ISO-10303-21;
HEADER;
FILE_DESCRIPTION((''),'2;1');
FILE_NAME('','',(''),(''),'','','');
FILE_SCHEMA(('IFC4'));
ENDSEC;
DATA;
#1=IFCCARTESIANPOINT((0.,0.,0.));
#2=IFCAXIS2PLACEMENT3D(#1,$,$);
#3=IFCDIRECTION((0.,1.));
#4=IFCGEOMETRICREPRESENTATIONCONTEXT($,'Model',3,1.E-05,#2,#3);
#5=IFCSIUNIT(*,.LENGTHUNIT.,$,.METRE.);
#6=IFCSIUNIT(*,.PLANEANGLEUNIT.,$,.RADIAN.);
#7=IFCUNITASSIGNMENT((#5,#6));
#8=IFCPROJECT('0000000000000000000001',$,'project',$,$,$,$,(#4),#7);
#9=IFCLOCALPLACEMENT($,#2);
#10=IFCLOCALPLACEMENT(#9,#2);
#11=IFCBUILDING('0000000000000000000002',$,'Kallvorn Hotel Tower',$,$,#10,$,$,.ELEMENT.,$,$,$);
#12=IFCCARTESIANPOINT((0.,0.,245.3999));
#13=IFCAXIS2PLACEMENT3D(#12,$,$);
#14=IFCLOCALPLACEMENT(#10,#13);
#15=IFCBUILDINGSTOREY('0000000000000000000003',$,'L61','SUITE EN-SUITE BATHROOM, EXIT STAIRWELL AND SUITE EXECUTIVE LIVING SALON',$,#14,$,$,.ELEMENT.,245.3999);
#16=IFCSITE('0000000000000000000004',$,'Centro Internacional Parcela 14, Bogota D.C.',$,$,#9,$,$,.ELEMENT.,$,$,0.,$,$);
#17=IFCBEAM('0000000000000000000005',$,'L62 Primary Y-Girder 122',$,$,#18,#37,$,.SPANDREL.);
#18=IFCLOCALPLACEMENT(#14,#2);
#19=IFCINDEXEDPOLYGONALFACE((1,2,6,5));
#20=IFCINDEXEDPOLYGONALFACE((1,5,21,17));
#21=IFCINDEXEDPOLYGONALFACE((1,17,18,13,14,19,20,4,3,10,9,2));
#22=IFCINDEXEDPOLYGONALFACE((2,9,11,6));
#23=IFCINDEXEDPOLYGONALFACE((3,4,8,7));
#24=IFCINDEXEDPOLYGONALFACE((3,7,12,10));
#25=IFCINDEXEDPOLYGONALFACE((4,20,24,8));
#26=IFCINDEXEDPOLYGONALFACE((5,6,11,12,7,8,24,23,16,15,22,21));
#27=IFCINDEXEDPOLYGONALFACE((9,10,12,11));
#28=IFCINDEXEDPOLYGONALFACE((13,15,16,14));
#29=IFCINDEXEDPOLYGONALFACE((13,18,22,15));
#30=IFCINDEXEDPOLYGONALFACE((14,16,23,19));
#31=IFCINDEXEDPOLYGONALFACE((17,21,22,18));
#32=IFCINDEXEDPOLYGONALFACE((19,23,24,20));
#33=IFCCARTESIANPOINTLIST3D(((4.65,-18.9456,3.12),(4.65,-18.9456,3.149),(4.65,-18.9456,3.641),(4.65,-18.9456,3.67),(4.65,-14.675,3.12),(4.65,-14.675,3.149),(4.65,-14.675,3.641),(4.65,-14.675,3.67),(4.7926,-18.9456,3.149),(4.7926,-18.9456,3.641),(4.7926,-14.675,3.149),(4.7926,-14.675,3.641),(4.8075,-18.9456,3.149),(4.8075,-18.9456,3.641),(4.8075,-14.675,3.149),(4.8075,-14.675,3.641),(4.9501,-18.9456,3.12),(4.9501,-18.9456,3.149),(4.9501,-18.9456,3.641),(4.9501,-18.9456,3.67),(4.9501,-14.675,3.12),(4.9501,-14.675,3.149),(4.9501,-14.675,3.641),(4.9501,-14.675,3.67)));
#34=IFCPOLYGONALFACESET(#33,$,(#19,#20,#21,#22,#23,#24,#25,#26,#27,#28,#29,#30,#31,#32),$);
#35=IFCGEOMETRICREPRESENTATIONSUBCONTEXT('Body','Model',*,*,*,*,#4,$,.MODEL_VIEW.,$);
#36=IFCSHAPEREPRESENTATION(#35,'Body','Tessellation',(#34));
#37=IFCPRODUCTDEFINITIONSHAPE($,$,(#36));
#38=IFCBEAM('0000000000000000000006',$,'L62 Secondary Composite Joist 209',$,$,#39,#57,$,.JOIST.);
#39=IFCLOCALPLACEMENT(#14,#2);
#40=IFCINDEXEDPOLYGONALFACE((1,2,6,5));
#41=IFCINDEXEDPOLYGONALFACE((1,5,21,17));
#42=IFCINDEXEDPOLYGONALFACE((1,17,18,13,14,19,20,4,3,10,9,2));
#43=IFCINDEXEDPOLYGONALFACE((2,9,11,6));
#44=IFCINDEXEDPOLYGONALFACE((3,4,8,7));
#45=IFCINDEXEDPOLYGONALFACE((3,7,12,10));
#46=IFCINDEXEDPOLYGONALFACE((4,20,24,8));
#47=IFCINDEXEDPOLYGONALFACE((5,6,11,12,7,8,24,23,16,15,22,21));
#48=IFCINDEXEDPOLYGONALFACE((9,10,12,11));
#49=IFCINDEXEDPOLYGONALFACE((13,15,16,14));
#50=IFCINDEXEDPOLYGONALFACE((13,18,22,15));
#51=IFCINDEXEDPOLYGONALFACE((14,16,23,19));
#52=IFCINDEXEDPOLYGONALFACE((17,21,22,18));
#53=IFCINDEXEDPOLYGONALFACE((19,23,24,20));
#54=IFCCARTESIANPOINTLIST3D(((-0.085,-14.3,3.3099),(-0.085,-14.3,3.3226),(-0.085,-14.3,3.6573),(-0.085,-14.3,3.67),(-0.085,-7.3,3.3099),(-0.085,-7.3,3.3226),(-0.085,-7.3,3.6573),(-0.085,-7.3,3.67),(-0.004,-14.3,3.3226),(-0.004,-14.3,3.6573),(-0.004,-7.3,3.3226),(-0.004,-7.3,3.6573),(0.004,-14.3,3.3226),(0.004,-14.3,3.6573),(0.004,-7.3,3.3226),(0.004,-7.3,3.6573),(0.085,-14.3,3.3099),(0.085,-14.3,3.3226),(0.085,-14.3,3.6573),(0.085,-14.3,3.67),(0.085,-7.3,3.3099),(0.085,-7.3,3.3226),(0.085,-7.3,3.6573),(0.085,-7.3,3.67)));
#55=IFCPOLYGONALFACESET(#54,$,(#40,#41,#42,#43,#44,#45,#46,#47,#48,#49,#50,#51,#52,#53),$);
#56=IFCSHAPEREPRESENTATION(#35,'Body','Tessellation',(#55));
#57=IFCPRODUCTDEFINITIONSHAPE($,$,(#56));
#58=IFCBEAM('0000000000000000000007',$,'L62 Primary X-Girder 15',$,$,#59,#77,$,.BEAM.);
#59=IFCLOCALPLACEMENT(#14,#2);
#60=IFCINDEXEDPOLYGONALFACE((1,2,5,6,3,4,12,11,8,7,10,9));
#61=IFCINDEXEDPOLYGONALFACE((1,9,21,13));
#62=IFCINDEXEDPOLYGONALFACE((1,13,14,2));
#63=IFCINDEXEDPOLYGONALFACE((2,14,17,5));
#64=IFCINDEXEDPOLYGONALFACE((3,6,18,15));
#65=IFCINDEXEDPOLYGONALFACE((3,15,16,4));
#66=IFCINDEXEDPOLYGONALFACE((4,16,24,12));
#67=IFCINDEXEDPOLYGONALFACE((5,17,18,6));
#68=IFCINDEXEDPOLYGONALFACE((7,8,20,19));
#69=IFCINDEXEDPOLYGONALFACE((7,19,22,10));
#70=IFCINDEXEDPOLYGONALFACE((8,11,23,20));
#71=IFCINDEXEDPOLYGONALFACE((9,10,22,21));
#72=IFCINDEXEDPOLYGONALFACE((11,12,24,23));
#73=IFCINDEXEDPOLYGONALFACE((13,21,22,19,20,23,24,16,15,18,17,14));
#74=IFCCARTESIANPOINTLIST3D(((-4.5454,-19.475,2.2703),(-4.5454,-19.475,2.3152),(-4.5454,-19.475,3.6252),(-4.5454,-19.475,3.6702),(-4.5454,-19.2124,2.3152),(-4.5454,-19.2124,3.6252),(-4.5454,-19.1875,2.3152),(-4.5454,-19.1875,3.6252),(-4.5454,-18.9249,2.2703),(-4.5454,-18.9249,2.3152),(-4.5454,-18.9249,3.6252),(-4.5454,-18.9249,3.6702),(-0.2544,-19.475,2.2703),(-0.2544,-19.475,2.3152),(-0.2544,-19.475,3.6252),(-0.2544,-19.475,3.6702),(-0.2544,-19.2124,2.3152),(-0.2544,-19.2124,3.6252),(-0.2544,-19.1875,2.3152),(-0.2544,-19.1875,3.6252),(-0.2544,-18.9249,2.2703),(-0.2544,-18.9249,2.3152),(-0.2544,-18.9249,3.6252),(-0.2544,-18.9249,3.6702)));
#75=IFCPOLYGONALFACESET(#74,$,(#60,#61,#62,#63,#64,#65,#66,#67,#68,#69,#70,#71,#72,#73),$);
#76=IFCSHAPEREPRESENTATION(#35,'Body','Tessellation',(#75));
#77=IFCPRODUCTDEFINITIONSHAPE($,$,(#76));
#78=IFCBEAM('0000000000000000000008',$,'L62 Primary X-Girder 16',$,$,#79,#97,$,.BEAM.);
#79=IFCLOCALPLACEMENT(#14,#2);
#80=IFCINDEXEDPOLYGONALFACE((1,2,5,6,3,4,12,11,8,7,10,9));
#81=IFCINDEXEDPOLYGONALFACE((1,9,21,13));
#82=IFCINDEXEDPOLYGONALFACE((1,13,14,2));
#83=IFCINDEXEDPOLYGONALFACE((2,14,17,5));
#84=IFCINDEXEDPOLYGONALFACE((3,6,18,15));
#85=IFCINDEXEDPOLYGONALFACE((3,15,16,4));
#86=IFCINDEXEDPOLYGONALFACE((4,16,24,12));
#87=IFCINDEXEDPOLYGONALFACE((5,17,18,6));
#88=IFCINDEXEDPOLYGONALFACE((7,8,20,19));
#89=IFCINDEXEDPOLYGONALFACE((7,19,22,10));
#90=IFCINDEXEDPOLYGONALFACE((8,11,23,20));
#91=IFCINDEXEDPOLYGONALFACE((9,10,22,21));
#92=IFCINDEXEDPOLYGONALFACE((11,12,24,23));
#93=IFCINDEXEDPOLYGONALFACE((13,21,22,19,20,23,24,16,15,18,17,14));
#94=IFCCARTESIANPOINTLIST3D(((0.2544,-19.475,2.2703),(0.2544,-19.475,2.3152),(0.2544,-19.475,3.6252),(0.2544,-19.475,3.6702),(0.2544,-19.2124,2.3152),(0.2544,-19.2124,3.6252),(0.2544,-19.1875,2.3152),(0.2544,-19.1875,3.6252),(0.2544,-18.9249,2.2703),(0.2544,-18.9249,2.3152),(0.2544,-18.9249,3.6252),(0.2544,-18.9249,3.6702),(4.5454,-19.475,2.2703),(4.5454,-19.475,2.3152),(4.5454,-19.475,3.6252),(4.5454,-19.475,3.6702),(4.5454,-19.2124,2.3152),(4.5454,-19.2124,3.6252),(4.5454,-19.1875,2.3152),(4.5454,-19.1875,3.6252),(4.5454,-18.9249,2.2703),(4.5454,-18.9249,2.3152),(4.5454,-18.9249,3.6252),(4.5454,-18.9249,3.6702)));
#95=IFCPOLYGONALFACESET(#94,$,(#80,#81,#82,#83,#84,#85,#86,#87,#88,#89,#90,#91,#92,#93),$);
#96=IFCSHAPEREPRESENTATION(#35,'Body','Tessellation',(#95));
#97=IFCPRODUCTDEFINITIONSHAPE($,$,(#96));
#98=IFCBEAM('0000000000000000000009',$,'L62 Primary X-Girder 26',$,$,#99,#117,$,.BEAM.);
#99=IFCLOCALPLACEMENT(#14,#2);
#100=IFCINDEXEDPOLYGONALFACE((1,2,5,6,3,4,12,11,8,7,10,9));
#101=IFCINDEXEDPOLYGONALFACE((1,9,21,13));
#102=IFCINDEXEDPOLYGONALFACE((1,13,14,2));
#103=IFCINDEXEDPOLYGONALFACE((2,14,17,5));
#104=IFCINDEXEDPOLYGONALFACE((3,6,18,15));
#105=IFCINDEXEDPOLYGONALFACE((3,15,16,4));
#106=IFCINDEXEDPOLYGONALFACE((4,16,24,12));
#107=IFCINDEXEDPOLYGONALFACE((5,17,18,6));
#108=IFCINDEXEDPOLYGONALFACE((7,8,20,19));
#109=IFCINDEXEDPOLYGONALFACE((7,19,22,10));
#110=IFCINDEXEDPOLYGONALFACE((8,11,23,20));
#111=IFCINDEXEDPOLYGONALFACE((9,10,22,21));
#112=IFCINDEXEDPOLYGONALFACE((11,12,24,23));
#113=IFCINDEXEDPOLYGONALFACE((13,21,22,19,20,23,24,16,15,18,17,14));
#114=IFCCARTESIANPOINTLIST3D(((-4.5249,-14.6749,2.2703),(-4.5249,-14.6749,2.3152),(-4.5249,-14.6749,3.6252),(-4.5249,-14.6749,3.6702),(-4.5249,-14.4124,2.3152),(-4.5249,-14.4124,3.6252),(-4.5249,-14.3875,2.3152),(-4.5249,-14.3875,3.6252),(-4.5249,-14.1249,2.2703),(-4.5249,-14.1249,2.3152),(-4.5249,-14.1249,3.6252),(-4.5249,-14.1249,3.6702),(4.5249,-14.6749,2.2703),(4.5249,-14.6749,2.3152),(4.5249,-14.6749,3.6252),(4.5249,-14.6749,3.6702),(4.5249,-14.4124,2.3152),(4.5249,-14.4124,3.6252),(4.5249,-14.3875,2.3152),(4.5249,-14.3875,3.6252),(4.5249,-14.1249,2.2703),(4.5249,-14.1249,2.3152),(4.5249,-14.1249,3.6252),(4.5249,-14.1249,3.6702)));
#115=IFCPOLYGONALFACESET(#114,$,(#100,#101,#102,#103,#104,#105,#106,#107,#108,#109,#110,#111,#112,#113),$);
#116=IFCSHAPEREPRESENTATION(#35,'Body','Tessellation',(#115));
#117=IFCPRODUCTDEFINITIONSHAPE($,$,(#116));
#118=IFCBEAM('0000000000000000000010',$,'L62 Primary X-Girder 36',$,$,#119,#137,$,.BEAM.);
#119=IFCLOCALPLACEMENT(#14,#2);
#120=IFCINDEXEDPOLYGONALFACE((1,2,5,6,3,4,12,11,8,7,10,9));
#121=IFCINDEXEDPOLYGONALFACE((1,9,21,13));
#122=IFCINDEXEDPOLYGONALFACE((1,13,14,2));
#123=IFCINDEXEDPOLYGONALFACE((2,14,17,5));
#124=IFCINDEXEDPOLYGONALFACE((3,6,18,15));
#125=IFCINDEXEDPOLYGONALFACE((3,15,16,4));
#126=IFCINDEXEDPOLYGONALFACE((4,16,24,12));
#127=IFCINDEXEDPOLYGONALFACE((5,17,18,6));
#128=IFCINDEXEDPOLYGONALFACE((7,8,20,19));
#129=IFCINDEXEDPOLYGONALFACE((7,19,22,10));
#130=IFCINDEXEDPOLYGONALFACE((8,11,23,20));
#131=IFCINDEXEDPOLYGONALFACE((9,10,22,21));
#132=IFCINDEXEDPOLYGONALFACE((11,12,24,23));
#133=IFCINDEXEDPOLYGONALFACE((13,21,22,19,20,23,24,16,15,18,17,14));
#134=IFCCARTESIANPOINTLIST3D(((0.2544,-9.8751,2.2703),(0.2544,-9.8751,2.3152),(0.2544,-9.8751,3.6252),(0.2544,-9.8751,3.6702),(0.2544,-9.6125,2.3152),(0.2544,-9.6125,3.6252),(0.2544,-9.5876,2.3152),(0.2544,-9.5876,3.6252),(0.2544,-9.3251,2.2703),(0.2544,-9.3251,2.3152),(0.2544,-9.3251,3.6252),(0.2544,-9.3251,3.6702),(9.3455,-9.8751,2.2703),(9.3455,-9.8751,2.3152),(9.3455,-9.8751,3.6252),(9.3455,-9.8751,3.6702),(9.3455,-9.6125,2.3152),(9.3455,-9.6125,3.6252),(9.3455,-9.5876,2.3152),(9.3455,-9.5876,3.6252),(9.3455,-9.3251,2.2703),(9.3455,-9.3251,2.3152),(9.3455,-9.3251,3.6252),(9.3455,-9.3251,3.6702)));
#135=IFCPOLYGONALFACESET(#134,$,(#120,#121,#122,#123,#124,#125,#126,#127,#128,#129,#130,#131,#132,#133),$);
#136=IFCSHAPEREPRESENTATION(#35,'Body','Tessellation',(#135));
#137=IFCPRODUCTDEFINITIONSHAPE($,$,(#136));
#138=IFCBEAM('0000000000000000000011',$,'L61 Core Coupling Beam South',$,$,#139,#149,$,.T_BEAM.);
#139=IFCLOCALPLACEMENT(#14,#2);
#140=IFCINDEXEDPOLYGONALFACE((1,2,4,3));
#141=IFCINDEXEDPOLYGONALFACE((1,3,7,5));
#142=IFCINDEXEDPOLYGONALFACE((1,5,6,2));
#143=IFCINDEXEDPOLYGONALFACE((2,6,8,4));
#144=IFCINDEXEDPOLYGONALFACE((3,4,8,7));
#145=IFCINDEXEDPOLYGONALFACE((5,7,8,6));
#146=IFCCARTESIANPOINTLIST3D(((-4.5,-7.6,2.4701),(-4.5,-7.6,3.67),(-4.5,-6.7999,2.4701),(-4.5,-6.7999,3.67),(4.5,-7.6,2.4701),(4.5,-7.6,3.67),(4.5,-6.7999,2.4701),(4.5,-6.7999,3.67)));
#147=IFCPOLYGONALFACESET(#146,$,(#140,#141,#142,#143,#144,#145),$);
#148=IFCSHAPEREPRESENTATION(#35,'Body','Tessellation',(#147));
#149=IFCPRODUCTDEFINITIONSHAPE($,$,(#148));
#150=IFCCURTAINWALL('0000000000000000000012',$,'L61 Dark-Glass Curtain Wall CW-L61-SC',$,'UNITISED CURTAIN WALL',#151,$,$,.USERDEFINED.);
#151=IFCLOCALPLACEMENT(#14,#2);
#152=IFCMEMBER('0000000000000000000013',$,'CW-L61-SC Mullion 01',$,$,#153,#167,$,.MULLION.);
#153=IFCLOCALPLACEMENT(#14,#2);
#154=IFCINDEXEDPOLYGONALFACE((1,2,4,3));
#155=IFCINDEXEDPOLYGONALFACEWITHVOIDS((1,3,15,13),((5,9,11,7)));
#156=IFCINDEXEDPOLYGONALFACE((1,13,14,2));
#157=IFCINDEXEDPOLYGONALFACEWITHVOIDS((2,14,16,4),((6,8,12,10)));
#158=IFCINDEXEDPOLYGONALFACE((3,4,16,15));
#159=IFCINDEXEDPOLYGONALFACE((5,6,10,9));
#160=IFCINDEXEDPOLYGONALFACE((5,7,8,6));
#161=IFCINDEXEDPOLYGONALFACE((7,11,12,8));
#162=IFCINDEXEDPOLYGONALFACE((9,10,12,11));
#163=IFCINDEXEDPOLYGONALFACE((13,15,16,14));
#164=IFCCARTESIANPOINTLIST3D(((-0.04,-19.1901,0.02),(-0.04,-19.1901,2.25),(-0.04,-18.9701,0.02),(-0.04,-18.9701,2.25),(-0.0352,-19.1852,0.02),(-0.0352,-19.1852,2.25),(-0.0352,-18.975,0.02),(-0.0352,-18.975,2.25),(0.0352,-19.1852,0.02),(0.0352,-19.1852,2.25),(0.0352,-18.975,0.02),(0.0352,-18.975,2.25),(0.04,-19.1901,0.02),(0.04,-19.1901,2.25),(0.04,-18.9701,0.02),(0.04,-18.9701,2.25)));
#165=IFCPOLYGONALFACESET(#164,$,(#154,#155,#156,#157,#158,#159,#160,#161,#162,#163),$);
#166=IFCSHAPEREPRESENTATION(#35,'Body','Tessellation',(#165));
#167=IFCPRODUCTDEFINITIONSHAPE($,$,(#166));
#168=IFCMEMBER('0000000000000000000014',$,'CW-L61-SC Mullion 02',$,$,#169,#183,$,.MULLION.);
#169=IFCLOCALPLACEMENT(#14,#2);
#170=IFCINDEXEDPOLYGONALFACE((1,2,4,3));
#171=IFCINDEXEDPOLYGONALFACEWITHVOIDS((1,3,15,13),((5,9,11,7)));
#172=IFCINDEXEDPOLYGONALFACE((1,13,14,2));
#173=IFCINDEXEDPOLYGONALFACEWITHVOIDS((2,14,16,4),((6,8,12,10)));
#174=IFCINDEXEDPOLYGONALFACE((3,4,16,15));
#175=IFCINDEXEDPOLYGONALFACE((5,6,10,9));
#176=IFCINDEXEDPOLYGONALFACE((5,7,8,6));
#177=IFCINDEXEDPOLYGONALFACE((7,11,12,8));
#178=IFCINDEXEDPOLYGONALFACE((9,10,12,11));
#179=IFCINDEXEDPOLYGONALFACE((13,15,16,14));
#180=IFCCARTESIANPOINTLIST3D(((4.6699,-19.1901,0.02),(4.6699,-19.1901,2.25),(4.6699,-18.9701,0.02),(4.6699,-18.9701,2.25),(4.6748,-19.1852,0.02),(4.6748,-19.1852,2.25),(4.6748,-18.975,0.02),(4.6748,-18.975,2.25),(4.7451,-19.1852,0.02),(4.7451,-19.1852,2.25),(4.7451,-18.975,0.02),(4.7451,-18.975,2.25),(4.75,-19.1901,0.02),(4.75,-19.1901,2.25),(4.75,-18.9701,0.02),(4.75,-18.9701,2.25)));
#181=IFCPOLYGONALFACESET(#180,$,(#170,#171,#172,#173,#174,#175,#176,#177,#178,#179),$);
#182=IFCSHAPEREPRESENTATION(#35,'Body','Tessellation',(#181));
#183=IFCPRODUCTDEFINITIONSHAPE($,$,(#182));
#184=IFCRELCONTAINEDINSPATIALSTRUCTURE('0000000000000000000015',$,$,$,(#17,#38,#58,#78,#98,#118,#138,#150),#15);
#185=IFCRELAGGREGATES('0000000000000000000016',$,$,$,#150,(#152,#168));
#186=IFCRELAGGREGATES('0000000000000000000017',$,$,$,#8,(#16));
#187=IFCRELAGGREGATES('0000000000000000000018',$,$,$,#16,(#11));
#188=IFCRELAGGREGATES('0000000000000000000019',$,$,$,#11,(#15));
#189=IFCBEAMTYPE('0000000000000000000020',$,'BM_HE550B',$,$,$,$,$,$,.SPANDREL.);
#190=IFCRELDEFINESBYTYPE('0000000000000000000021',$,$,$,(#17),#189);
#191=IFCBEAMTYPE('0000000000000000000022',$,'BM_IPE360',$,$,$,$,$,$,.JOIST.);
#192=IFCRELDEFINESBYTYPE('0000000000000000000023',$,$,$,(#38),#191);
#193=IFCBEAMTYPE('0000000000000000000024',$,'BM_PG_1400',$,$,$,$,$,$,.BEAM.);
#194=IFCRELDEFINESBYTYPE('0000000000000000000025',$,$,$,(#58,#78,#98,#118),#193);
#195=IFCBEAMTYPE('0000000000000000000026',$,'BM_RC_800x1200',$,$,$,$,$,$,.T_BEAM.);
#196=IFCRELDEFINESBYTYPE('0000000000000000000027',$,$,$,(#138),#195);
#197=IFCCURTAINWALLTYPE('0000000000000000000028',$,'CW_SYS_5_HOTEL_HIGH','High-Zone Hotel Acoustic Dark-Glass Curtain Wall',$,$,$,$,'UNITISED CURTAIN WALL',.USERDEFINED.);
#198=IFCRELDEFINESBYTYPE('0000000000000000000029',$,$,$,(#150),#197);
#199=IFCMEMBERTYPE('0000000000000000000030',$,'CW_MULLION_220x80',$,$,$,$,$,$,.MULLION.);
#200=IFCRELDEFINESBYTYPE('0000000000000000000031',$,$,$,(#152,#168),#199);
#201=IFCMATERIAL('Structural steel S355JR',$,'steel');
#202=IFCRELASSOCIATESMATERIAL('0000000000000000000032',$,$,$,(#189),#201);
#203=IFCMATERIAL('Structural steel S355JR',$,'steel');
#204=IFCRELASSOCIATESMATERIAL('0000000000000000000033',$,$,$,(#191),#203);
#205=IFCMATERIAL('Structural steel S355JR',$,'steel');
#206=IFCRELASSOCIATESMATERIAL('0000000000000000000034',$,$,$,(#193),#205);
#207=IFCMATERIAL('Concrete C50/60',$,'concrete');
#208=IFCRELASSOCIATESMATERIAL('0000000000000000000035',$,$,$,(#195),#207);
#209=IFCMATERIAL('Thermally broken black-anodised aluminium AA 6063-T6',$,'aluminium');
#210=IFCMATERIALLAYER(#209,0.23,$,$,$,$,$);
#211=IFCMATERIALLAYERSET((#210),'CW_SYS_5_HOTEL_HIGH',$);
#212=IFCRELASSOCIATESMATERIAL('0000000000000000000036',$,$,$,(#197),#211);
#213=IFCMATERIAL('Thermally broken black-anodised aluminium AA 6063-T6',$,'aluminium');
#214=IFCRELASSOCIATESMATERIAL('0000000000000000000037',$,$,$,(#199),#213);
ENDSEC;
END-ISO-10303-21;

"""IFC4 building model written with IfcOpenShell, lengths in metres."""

from ifc_helpers import new_model, si_unit, direction, frame, origin, origin_2d, place, context, subcontext, project, spatial, rectangle, hollow_rectangle, i_section, extrude, material, layer, layer_set, material_profile, profile_set, type_object, element, aggregate, save


model = new_model("IFC4")

# Units and contexts
model_context = context("Model", 3, precision=1e-05, world=origin(), true_north=direction((0.0, 1.0)))
body_context = subcontext(model_context, "Body", "Model", "MODEL_VIEW")
ifc_project = project(units=[si_unit("LENGTHUNIT", "METRE"), si_unit("PLANEANGLEUNIT", "RADIAN")], contexts=[model_context])

# Site, building, storey
site_placement = place(None, origin())
site = spatial("IfcSite", under=ifc_project, at=site_placement, Name="Centro Internacional Parcela 14, Bogota D.C.", CompositionType="ELEMENT", RefElevation=0.0)
building_placement = place(site_placement, origin())
building = spatial("IfcBuilding", under=site, at=building_placement, Name="Kallvorn Hotel Tower", CompositionType="ELEMENT")
storey_placement = place(building_placement, frame((0.0, 0.0, 245.3999)))
storey = spatial("IfcBuildingStorey", under=building, at=storey_placement, Name="L61", Description="SUITE EN-SUITE BATHROOM, EXIT STAIRWELL AND SUITE EXECUTIVE LIVING SALON", CompositionType="ELEMENT", Elevation=245.3999)

# Beams
ifc_material_1 = material(Name="Structural steel S355JR", Category="steel")
ifc_material_profile_1 = material_profile(ifc_material_1, i_section(OverallWidth=0.3, OverallDepth=0.55, WebThickness=0.0149, FlangeThickness=0.0291, at=origin_2d()), Name="HE 550 B")
ifc_profile_set_1 = profile_set([ifc_material_profile_1], Name="Structural steel S355JR")
beam_type_1 = type_object("IfcBeamType", Name="BM_HE550B", PredefinedType="SPANDREL", material=ifc_profile_set_1)
beam_1_placement = place(storey_placement, frame((4.8, -18.9456, 3.395), z_axis=(0.0, 1.0, 0.0), x_axis=(-1.0, 0.0, 0.0)))
element("IfcBeam", 1, at=beam_1_placement, inside=storey, type_object=beam_type_1, Name="L62 Primary Y-Girder 122", PredefinedType="SPANDREL", context=body_context, shape_type="SweptSolid", body=[
    extrude(i_section(OverallWidth=0.3, OverallDepth=0.55, WebThickness=0.0149, FlangeThickness=0.0291, at=origin_2d()), origin(), (0.0, 0.0, 1.0), 4.2705),
])
ifc_material_2 = material(Name="Structural steel S355JR", Category="steel")
ifc_material_profile_2 = material_profile(ifc_material_2, i_section(OverallWidth=0.1699, OverallDepth=0.3601, WebThickness=0.0081, FlangeThickness=0.0127, at=origin_2d()), Name="IPE 360")
ifc_profile_set_2 = profile_set([ifc_material_profile_2], Name="Structural steel S355JR")
beam_type_2 = type_object("IfcBeamType", Name="BM_IPE360", PredefinedType="JOIST", material=ifc_profile_set_2)
beam_2_placement = place(storey_placement, frame((0.0, -14.3, 3.49), z_axis=(0.0, 1.0, 0.0), x_axis=(-1.0, 0.0, 0.0)))
element("IfcBeam", 2, at=beam_2_placement, inside=storey, type_object=beam_type_2, Name="L62 Secondary Composite Joist 209", PredefinedType="JOIST", context=body_context, shape_type="SweptSolid", body=[
    extrude(i_section(OverallWidth=0.1699, OverallDepth=0.3601, WebThickness=0.0081, FlangeThickness=0.0127, at=origin_2d()), origin(), (0.0, 0.0, 1.0), 7.0),
])
ifc_material_3 = material(Name="Structural steel S355JR", Category="steel")
ifc_material_profile_3 = material_profile(ifc_material_3, i_section(OverallWidth=0.55, OverallDepth=1.3999, WebThickness=0.0249, FlangeThickness=0.0449, at=origin_2d()), Name="PG 1400x550x25x45")
ifc_profile_set_3 = profile_set([ifc_material_profile_3], Name="Structural steel S355JR")
beam_type_3 = type_object("IfcBeamType", Name="BM_PG_1400", PredefinedType="BEAM", material=ifc_profile_set_3)
for number, where, z_axis, x_axis, name in (
    (3, (-4.5454, -19.2, 2.9702), (1.0, 0.0, 0.0), (0.0, 1.0, 0.0), "L62 Primary X-Girder 15"),
    (4, (0.2544, -19.2, 2.9702), (1.0, 0.0, 0.0), (0.0, 1.0, 0.0), "L62 Primary X-Girder 16"),
):
    element("IfcBeam", number, at=place(storey_placement, frame(where, z_axis=z_axis, x_axis=x_axis)), inside=storey, type_object=beam_type_3, Name=name, PredefinedType="BEAM", context=body_context, shape_type="SweptSolid", body=[
        extrude(i_section(OverallWidth=0.55, OverallDepth=1.3999, WebThickness=0.0249, FlangeThickness=0.0449, at=origin_2d()), origin(), (0.0, 0.0, 1.0), 4.291),
    ])
beam_3_placement = place(storey_placement, frame((-4.5249, -14.3999, 2.9702), z_axis=(1.0, 0.0, 0.0), x_axis=(0.0, 1.0, 0.0)))
element("IfcBeam", 5, at=beam_3_placement, inside=storey, type_object=beam_type_3, Name="L62 Primary X-Girder 26", PredefinedType="BEAM", context=body_context, shape_type="SweptSolid", body=[
    extrude(i_section(OverallWidth=0.55, OverallDepth=1.3999, WebThickness=0.0249, FlangeThickness=0.0449, at=origin_2d()), origin(), (0.0, 0.0, 1.0), 9.0498),
])
beam_4_placement = place(storey_placement, frame((0.2544, -9.6001, 2.9702), z_axis=(1.0, 0.0, 0.0), x_axis=(0.0, 1.0, 0.0)))
element("IfcBeam", 6, at=beam_4_placement, inside=storey, type_object=beam_type_3, Name="L62 Primary X-Girder 36", PredefinedType="BEAM", context=body_context, shape_type="SweptSolid", body=[
    extrude(i_section(OverallWidth=0.55, OverallDepth=1.3999, WebThickness=0.0249, FlangeThickness=0.0449, at=origin_2d()), origin(), (0.0, 0.0, 1.0), 9.0911),
])
ifc_material_4 = material(Name="Concrete C50/60", Category="concrete")
ifc_material_profile_4 = material_profile(ifc_material_4, rectangle(XDim=0.8, YDim=1.2, at=origin_2d()), Name="RC 800x1200")
ifc_profile_set_4 = profile_set([ifc_material_profile_4], Name="Concrete C50/60")
beam_type_4 = type_object("IfcBeamType", Name="BM_RC_800x1200", PredefinedType="T_BEAM", material=ifc_profile_set_4)
beam_5_placement = place(storey_placement, frame((-4.5, -7.2, 3.0701), z_axis=(1.0, 0.0, 0.0), x_axis=(0.0, 1.0, 0.0)))
element("IfcBeam", 7, at=beam_5_placement, inside=storey, type_object=beam_type_4, Name="L61 Core Coupling Beam South", PredefinedType="T_BEAM", context=body_context, shape_type="SweptSolid", body=[
    extrude(rectangle(XDim=0.8, YDim=1.2, at=origin_2d()), origin(), (0.0, 0.0, 1.0), 9.0),
])

# Curtain wall, members
ifc_material_5 = material(Name="Thermally broken black-anodised aluminium AA 6063-T6", Category="aluminium")
ifc_layer_1 = layer(ifc_material_5, 0.23)
ifc_layer_set_1 = layer_set([ifc_layer_1], Name="CW_SYS_5_HOTEL_HIGH")
curtain_wall_type = type_object("IfcCurtainWallType", Name="CW_SYS_5_HOTEL_HIGH", Description="High-Zone Hotel Acoustic Dark-Glass Curtain Wall", ElementType="UNITISED CURTAIN WALL", PredefinedType="USERDEFINED", material=ifc_layer_set_1)
curtain_wall_placement = place(storey_placement, origin())
curtain_wall = element("IfcCurtainWall", 8, at=curtain_wall_placement, inside=storey, type_object=curtain_wall_type, Name="L61 Dark-Glass Curtain Wall CW-L61-SC", ObjectType="UNITISED CURTAIN WALL", PredefinedType="USERDEFINED")
ifc_material_6 = material(Name="Thermally broken black-anodised aluminium AA 6063-T6", Category="aluminium")
ifc_material_profile_5 = material_profile(ifc_material_6, hollow_rectangle(XDim=0.0801, YDim=0.22, WallThickness=0.0049, at=origin_2d()), Name="MUL 220x80")
ifc_profile_set_5 = profile_set([ifc_material_profile_5], Name="Thermally broken black-anodised aluminium AA 6063-T6")
member_type_1 = type_object("IfcMemberType", Name="CW_MULLION_220x80", PredefinedType="MULLION", material=ifc_profile_set_5)
member_1_placement = place(storey_placement, frame((0.0, -19.0801, 0.02), z_axis=(0.0, 0.0, 1.0), x_axis=(1.0, 0.0, 0.0)))
member_1 = element("IfcMember", 9, at=member_1_placement, type_object=member_type_1, Name="CW-L61-SC Mullion 01", PredefinedType="MULLION", context=body_context, shape_type="SweptSolid", body=[
    extrude(hollow_rectangle(XDim=0.0801, YDim=0.22, WallThickness=0.0049, at=origin_2d()), origin(), (0.0, 0.0, 1.0), 2.23),
])
member_2_placement = place(storey_placement, frame((4.71, -19.0801, 0.02), z_axis=(0.0, 0.0, 1.0), x_axis=(1.0, 0.0, 0.0)))
member_2 = element("IfcMember", 10, at=member_2_placement, type_object=member_type_1, Name="CW-L61-SC Mullion 02", PredefinedType="MULLION", context=body_context, shape_type="SweptSolid", body=[
    extrude(hollow_rectangle(XDim=0.0801, YDim=0.22, WallThickness=0.0049, at=origin_2d()), origin(), (0.0, 0.0, 1.0), 2.23),
])
aggregate(curtain_wall, [member_1, member_2])

save(model, "model.ifc")
